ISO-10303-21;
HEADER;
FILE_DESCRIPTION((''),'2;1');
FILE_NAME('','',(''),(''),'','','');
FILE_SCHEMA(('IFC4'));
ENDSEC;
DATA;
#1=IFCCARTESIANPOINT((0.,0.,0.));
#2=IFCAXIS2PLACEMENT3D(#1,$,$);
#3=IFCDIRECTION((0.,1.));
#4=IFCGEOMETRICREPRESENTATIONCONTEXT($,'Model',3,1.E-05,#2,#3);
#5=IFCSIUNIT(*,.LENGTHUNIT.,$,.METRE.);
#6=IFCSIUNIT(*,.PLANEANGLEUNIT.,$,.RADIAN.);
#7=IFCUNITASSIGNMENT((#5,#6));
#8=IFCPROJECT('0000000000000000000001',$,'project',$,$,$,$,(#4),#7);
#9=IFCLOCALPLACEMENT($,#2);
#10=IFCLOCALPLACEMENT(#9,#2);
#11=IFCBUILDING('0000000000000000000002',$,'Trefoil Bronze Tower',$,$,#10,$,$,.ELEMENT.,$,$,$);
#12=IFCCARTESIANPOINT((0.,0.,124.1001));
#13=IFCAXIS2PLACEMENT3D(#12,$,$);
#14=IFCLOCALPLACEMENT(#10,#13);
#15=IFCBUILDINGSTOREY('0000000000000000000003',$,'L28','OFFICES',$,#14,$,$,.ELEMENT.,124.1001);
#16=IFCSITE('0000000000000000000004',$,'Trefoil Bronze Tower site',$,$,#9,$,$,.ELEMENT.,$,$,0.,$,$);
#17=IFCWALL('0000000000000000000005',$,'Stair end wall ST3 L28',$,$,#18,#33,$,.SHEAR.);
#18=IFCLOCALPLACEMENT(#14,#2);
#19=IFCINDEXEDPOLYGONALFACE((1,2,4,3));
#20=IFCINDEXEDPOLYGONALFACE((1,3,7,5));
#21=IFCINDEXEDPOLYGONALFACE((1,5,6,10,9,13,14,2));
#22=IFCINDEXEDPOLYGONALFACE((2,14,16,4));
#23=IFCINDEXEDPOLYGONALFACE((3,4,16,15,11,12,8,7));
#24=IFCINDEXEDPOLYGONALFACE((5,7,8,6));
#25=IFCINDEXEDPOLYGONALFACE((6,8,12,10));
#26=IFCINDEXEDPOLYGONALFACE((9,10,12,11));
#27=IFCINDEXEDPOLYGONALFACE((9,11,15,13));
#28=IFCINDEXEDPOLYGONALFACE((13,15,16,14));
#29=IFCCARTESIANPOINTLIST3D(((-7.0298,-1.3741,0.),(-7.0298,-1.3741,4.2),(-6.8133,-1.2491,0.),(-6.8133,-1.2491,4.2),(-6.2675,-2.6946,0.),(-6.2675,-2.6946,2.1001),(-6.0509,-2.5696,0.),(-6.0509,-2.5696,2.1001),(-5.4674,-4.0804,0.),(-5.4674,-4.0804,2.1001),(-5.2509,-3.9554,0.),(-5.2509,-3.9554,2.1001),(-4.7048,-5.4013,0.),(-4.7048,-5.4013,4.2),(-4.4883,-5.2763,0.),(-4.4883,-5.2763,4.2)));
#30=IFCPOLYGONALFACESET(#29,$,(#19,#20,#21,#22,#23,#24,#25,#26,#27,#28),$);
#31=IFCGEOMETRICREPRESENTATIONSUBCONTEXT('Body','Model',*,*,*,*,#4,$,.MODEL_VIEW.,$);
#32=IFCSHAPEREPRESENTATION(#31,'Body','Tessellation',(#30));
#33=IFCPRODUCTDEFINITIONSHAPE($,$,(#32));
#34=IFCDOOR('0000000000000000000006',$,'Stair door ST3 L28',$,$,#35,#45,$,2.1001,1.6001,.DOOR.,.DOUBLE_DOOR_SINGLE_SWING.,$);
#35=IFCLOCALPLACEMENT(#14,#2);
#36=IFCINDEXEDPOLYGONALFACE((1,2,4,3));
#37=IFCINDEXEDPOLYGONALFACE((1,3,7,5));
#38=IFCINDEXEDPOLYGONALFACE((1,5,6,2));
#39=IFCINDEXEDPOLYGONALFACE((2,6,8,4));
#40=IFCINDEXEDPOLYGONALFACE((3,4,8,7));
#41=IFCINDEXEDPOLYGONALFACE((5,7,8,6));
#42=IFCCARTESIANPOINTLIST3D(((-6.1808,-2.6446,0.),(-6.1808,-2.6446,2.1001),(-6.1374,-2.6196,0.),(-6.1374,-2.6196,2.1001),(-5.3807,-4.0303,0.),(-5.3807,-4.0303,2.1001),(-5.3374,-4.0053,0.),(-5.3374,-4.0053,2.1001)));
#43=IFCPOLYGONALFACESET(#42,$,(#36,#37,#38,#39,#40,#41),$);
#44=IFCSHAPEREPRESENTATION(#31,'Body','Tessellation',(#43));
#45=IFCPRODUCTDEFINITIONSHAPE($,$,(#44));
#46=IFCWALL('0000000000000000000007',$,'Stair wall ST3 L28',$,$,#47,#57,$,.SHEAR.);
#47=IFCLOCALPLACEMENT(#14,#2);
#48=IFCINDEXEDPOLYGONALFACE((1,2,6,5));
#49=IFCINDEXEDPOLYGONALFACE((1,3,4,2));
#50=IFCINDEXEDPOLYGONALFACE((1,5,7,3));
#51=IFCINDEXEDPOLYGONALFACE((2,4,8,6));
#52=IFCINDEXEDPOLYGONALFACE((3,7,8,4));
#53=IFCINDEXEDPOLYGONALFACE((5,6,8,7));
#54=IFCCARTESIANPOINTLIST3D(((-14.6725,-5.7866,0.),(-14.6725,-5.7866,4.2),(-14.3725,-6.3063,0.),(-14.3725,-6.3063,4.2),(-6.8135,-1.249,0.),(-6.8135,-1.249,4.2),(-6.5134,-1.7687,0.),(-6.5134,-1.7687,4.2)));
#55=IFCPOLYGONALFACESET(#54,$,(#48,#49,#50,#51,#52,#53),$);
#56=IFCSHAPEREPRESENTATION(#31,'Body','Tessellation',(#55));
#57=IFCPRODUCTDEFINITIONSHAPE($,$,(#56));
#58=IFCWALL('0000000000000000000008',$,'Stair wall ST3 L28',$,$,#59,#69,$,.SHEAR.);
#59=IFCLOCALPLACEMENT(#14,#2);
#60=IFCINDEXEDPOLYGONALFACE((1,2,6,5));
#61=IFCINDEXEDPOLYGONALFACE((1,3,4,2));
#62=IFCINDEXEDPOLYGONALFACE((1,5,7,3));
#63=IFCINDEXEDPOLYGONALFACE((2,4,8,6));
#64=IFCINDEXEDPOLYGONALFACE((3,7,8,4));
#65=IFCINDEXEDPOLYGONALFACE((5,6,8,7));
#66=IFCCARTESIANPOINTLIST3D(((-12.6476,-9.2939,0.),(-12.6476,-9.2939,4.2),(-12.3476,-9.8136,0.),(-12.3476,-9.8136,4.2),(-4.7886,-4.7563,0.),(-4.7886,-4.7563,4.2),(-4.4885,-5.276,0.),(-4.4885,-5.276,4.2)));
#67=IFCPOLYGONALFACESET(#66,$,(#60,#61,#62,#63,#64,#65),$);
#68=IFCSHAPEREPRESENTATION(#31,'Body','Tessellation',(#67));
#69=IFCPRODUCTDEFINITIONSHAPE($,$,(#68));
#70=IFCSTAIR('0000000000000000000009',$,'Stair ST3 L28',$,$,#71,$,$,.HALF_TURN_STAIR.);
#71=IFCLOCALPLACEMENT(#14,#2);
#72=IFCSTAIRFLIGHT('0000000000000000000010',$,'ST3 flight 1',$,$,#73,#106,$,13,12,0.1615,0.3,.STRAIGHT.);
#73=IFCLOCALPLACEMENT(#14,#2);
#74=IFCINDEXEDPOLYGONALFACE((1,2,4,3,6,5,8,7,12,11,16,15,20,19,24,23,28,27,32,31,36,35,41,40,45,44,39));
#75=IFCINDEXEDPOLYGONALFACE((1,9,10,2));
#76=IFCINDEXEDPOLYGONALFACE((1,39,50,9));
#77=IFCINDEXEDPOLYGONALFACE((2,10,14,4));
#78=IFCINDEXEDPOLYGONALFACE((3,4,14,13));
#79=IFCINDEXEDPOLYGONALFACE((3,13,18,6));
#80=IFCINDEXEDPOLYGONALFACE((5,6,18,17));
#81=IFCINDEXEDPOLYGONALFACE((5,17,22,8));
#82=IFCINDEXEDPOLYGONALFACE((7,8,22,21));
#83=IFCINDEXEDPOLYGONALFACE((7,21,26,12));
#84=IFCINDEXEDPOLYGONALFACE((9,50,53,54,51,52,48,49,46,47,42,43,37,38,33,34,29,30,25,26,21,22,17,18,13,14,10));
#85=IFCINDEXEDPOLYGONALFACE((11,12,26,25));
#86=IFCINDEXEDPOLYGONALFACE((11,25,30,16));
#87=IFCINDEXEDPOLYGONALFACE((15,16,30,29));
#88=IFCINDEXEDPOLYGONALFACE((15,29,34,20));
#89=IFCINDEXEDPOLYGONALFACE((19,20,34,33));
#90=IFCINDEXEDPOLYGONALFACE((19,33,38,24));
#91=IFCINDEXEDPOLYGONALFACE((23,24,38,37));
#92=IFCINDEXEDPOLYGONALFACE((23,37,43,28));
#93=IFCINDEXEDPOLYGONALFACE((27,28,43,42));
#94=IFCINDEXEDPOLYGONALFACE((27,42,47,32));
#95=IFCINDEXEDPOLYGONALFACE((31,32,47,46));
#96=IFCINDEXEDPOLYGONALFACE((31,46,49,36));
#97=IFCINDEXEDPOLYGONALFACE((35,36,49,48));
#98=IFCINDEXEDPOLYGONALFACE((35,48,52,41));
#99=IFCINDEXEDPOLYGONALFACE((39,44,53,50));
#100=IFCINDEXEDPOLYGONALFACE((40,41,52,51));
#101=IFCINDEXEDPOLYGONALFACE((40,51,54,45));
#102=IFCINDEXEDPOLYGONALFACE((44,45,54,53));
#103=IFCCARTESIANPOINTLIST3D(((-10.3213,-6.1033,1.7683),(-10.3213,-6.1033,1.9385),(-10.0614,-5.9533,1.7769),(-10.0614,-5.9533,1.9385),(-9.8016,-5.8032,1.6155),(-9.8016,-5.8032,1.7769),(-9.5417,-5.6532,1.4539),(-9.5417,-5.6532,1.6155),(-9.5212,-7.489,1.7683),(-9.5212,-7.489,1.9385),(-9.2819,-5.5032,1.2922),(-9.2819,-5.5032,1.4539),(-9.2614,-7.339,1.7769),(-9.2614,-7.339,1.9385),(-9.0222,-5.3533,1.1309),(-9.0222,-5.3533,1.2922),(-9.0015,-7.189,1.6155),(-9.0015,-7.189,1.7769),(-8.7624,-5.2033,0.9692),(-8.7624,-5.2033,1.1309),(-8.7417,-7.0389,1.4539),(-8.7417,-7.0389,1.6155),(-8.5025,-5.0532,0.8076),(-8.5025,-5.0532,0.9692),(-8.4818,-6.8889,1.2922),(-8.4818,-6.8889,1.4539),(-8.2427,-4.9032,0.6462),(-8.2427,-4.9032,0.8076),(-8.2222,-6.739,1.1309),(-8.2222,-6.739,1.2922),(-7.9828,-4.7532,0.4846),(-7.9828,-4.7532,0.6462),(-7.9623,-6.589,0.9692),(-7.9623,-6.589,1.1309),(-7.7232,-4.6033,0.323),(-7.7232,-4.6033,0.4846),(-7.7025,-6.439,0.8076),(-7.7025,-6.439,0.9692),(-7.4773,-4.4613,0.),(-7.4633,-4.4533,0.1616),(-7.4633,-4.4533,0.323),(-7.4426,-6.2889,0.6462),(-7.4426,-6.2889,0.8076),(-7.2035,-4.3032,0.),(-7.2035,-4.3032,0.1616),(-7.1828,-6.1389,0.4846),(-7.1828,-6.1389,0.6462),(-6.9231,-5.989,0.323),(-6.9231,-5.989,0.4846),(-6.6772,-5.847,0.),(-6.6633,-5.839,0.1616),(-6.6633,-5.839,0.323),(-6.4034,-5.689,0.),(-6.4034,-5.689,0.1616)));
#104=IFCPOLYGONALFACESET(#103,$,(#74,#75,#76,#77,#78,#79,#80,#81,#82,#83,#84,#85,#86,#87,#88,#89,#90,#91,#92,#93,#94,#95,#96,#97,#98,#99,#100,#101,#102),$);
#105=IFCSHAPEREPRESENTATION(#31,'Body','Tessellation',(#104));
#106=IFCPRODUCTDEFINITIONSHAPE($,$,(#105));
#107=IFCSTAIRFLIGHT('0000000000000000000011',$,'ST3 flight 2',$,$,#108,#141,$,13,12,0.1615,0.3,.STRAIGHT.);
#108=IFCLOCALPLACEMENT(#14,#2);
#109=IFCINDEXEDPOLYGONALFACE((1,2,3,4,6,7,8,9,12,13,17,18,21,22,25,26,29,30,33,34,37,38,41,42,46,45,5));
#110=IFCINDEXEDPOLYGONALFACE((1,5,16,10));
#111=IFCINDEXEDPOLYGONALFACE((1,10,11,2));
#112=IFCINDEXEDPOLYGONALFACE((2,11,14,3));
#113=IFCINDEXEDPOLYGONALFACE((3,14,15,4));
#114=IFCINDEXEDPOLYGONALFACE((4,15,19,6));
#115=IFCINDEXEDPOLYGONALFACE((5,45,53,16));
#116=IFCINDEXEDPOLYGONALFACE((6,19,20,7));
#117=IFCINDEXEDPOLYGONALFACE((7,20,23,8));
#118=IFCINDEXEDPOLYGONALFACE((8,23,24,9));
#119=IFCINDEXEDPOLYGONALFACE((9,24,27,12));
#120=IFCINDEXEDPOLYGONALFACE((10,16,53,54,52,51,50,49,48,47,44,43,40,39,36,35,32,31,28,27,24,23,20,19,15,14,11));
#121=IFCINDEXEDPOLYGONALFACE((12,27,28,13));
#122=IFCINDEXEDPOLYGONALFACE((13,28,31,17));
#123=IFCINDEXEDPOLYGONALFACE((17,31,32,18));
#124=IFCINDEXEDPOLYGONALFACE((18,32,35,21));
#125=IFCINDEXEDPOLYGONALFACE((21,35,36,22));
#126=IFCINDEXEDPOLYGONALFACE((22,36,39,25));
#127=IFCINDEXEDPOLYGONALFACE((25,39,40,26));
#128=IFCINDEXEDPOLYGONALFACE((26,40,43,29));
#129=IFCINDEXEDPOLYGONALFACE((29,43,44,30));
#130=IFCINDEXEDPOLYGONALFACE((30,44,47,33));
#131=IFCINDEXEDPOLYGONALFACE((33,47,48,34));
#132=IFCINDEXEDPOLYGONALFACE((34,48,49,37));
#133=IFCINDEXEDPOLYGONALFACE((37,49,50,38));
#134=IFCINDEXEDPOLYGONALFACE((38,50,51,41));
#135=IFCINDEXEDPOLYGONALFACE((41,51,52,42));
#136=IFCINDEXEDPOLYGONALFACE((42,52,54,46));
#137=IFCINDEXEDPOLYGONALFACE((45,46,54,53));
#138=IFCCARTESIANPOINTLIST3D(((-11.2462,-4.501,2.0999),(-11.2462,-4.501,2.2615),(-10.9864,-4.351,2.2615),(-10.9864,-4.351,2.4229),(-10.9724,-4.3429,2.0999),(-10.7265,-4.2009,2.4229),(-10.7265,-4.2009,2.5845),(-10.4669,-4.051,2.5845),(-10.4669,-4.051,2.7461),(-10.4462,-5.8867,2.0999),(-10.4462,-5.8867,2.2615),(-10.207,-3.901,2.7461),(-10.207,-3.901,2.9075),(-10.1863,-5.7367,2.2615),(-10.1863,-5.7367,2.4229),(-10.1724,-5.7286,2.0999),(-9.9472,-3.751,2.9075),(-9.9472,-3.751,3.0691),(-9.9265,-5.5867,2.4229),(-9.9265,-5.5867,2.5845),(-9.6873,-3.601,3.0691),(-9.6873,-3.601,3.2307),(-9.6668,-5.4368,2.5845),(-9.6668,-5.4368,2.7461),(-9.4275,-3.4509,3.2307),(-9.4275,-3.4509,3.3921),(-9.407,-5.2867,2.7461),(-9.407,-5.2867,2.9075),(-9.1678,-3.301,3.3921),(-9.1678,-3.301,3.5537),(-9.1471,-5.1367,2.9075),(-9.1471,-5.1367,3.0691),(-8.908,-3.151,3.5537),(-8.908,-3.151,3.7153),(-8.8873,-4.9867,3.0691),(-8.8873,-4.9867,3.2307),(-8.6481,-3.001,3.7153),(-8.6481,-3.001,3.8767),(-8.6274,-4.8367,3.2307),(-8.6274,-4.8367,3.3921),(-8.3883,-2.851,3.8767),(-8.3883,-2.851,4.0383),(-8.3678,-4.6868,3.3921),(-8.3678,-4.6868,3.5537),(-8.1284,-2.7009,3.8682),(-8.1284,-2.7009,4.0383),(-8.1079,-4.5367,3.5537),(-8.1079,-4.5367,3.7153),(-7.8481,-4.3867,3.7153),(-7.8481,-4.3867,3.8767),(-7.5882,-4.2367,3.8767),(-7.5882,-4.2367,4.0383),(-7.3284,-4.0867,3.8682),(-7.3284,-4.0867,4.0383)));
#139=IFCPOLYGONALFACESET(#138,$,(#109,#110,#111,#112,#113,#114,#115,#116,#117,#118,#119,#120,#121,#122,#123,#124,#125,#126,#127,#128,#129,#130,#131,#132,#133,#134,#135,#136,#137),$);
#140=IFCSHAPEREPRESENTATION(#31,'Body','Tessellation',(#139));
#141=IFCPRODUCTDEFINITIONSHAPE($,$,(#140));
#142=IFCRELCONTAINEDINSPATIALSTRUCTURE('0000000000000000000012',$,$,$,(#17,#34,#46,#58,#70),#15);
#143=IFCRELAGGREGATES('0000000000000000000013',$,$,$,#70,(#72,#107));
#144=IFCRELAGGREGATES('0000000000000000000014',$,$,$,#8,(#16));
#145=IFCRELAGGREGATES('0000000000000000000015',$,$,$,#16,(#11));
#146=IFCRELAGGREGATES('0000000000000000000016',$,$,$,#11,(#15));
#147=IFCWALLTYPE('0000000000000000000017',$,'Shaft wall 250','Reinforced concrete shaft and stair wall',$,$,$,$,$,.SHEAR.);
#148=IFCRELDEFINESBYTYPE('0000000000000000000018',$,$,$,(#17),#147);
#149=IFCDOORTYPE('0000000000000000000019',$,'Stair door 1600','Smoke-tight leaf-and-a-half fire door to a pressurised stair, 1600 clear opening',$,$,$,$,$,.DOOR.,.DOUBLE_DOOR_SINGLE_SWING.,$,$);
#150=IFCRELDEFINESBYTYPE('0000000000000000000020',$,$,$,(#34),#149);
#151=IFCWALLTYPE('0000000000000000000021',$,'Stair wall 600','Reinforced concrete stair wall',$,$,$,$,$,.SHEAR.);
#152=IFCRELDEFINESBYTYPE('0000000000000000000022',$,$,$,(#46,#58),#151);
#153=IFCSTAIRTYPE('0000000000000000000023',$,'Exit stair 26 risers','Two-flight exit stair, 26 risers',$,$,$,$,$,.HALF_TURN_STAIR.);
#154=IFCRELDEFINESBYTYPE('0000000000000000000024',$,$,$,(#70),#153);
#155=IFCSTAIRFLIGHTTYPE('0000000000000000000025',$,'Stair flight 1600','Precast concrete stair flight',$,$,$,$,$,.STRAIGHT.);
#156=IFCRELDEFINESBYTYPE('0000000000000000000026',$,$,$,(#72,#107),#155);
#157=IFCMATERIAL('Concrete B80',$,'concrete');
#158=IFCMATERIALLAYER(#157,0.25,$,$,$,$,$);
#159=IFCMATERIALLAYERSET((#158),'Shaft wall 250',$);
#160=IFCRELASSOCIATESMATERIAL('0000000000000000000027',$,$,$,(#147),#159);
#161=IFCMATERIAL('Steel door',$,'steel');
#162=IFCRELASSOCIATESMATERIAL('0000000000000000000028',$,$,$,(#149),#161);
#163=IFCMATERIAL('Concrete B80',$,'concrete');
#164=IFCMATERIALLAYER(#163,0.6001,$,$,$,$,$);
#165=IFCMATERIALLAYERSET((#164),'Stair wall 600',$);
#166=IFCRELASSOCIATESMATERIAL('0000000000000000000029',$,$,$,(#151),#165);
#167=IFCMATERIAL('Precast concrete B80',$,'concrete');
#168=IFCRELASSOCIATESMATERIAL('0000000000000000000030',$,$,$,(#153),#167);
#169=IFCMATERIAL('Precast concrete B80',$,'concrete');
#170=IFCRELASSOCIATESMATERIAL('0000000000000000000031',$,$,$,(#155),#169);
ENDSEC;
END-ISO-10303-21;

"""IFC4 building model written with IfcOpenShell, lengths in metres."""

from ifc_helpers import new_model, si_unit, direction, frame, frame_2d, origin, place, context, subcontext, project, spatial, polyline, rectangle, outline, extrude, material, layer, layer_set, type_object, element, fill, aggregate, save


model = new_model("IFC4")

# Units and contexts
model_context = context("Model", 3, precision=1e-05, world=origin(), true_north=direction((0.0, 1.0)))
body_context = subcontext(model_context, "Body", "Model", "MODEL_VIEW")
ifc_project = project(units=[si_unit("LENGTHUNIT", "METRE"), si_unit("PLANEANGLEUNIT", "RADIAN")], contexts=[model_context])

# Site, building, storey
site_placement = place(None, origin())
site = spatial("IfcSite", under=ifc_project, at=site_placement, Name="Trefoil Bronze Tower site", CompositionType="ELEMENT", RefElevation=0.0)
building_placement = place(site_placement, origin())
building = spatial("IfcBuilding", under=site, at=building_placement, Name="Trefoil Bronze Tower", CompositionType="ELEMENT")
storey_placement = place(building_placement, frame((0.0, 0.0, 124.1001)))
storey = spatial("IfcBuildingStorey", under=building, at=storey_placement, Name="L28", Description="OFFICES", CompositionType="ELEMENT", Elevation=124.1001)

# Wall, opening, door
ifc_material_1 = material(Name="Concrete B80", Category="concrete")
ifc_layer_1 = layer(ifc_material_1, 0.25)
ifc_layer_set_1 = layer_set([ifc_layer_1], Name="Shaft wall 250")
wall_type_1 = type_object("IfcWallType", Name="Shaft wall 250", Description="Reinforced concrete shaft and stair wall", PredefinedType="SHEAR", material=ifc_layer_set_1)
wall_1_placement = place(storey_placement, frame((-6.9216, -1.3115, 0.0), z_axis=(0.0, 0.0, 1.0), x_axis=(0.499985, -0.866034, 0.0)))
wall_1 = element("IfcWall", 1, at=wall_1_placement, inside=storey, type_object=wall_type_1, Name="Stair end wall ST3 L28", PredefinedType="SHEAR", context=body_context, shape_type="SweptSolid", body=[
    extrude(rectangle(XDim=4.6501, YDim=0.25, at=frame_2d((2.3252, 0.0))), origin(), (0.0, 0.0, 1.0), 4.2),
])
opening_1_placement = place(wall_1_placement, frame((1.5249, 0.0, 0.0)))
opening_1 = element("IfcOpeningElement", 2, at=opening_1_placement, cuts=wall_1, PredefinedType="OPENING", context=body_context, shape_type="SweptSolid", body=[
    extrude(rectangle(XDim=1.6001, YDim=2.1001, at=frame_2d((0.8, 1.05))), frame((0.0, 0.135, 0.0), z_axis=(0.0, -1.0, 0.0), x_axis=(1.0, 0.0, 0.0)), (0.0, 0.0, 1.0), 0.27),
])
ifc_material_2 = material(Name="Steel door", Category="steel")
door_type_1 = type_object("IfcDoorType", Name="Stair door 1600", Description="Smoke-tight leaf-and-a-half fire door to a pressurised stair, 1600 clear opening", OperationType="DOUBLE_DOOR_SINGLE_SWING", PredefinedType="DOOR", material=ifc_material_2)
door_1_placement = place(opening_1_placement, frame((1.6001, 0.0, 0.0), z_axis=(0.0, 0.0, 1.0), x_axis=(-1.0, 0.0, 0.0)))
door_1 = element("IfcDoor", 3, at=door_1_placement, inside=storey, type_object=door_type_1, Name="Stair door ST3 L28", OperationType="DOUBLE_DOOR_SINGLE_SWING", OverallHeight=2.1001, OverallWidth=1.6001, PredefinedType="DOOR", context=body_context, shape_type="SweptSolid", body=[
    extrude(rectangle(XDim=1.6001, YDim=2.1001, at=frame_2d((0.8, 1.05))), frame((0.0, 0.0249, 0.0), z_axis=(0.0, -1.0, 0.0), x_axis=(1.0, 0.0, 0.0)), (0.0, 0.0, 1.0), 0.05),
])
fill(opening_1, door_1)

# Walls
ifc_material_3 = material(Name="Concrete B80", Category="concrete")
ifc_layer_2 = layer(ifc_material_3, 0.6001)
ifc_layer_set_2 = layer_set([ifc_layer_2], Name="Stair wall 600")
wall_type_2 = type_object("IfcWallType", Name="Stair wall 600", Description="Reinforced concrete stair wall", PredefinedType="SHEAR", material=ifc_layer_set_2)
for number, where, z_axis, x_axis, name in (
    (4, (-6.6633, -1.5088, 0.0), (0.0, 0.0, 1.0), (-0.866019, -0.50001, 0.0), "Stair wall ST3 L28"),
    (5, (-4.6384, -5.0161, 0.0), (0.0, 0.0, 1.0), (-0.866019, -0.50001, 0.0), "Stair wall ST3 L28"),
):
    element("IfcWall", number, at=place(storey_placement, frame(where, z_axis=z_axis, x_axis=x_axis)), inside=storey, type_object=wall_type_2, Name=name, PredefinedType="SHEAR", context=body_context, shape_type="SweptSolid", body=[
        extrude(rectangle(XDim=9.075, YDim=0.6001, at=frame_2d((4.5376, 0.0))), origin(), (0.0, 0.0, 1.0), 4.2),
    ])

# Stair, stair flights
ifc_material_4 = material(Name="Precast concrete B80", Category="concrete")
stair_type = type_object("IfcStairType", Name="Exit stair 26 risers", Description="Two-flight exit stair, 26 risers", PredefinedType="HALF_TURN_STAIR", material=ifc_material_4)
stair_placement = place(storey_placement, origin())
stair = element("IfcStair", 6, at=stair_placement, inside=storey, type_object=stair_type, Name="Stair ST3 L28", PredefinedType="HALF_TURN_STAIR")
ifc_material_5 = material(Name="Precast concrete B80", Category="concrete")
stair_flight_type = type_object("IfcStairFlightType", Name="Stair flight 1600", Description="Precast concrete stair flight", PredefinedType="STRAIGHT", material=ifc_material_5)
stair_flight_1_placement = place(storey_placement, frame((-6.8035, -4.9961, 0.0), z_axis=(0.0, 0.0, 1.0), x_axis=(-0.866025, -0.5, 0.0)))
stair_flight_1 = element("IfcStairFlight", 7, at=stair_flight_1_placement, type_object=stair_flight_type, Name="ST3 flight 1", NumberOfRisers=13, NumberOfTreads=12, PredefinedType="STRAIGHT", RiserHeight=0.1615, TreadLength=0.3, context=body_context, shape_type="SweptSolid", body=[
    extrude(outline(polyline([(0.0, 0.0), (0.0, 0.1616), (0.3, 0.1616), (0.3, 0.323), (0.6001, 0.323), (0.6001, 0.4846), (0.8999, 0.4846), (0.8999, 0.6462), (1.2, 0.6462), (1.2, 0.8076), (1.5, 0.8076), (1.5, 0.9692), (1.8, 0.9692), (1.8, 1.1309), (2.1001, 1.1309), (2.1001, 1.2922), (2.3999, 1.2922), (2.3999, 1.4539), (2.7, 1.4539), (2.7, 1.6155), (3.0, 1.6155), (3.0, 1.7769), (3.3, 1.7769), (3.3, 1.9385), (3.6001, 1.9385), (3.6001, 2.1001), (3.6001, 1.7683), (0.3162, 0.0), (0.0, 0.0)])), frame((0.0, 0.8, 0.0), z_axis=(0.0, -1.0, 0.0), x_axis=(1.0, 0.0, 0.0)), (0.0, 0.0, 1.0), 1.6001),
])
stair_flight_2_placement = place(storey_placement, frame((-10.8462, -5.1938, 2.0999), z_axis=(0.0, 0.0, 1.0), x_axis=(0.866025, 0.5, 0.0)))
stair_flight_2 = element("IfcStairFlight", 8, at=stair_flight_2_placement, type_object=stair_flight_type, Name="ST3 flight 2", NumberOfRisers=13, NumberOfTreads=12, PredefinedType="STRAIGHT", RiserHeight=0.1615, TreadLength=0.3, context=body_context, shape_type="SweptSolid", body=[
    extrude(outline(polyline([(0.0, 0.0), (0.0, 0.1616), (0.3, 0.1616), (0.3, 0.323), (0.6001, 0.323), (0.6001, 0.4846), (0.8999, 0.4846), (0.8999, 0.6462), (1.2, 0.6462), (1.2, 0.8076), (1.5, 0.8076), (1.5, 0.9692), (1.8, 0.9692), (1.8, 1.1309), (2.1001, 1.1309), (2.1001, 1.2922), (2.3999, 1.2922), (2.3999, 1.4539), (2.7, 1.4539), (2.7, 1.6155), (3.0, 1.6155), (3.0, 1.7769), (3.3, 1.7769), (3.3, 1.9385), (3.6001, 1.9385), (3.6001, 2.1001), (3.6001, 1.7683), (0.3162, 0.0), (0.0, 0.0)])), frame((0.0, 0.8, 0.0), z_axis=(0.0, -1.0, 0.0), x_axis=(1.0, 0.0, 0.0)), (0.0, 0.0, 1.0), 1.6001),
])
aggregate(stair, [stair_flight_1, stair_flight_2])

save(model, "model.ifc")
